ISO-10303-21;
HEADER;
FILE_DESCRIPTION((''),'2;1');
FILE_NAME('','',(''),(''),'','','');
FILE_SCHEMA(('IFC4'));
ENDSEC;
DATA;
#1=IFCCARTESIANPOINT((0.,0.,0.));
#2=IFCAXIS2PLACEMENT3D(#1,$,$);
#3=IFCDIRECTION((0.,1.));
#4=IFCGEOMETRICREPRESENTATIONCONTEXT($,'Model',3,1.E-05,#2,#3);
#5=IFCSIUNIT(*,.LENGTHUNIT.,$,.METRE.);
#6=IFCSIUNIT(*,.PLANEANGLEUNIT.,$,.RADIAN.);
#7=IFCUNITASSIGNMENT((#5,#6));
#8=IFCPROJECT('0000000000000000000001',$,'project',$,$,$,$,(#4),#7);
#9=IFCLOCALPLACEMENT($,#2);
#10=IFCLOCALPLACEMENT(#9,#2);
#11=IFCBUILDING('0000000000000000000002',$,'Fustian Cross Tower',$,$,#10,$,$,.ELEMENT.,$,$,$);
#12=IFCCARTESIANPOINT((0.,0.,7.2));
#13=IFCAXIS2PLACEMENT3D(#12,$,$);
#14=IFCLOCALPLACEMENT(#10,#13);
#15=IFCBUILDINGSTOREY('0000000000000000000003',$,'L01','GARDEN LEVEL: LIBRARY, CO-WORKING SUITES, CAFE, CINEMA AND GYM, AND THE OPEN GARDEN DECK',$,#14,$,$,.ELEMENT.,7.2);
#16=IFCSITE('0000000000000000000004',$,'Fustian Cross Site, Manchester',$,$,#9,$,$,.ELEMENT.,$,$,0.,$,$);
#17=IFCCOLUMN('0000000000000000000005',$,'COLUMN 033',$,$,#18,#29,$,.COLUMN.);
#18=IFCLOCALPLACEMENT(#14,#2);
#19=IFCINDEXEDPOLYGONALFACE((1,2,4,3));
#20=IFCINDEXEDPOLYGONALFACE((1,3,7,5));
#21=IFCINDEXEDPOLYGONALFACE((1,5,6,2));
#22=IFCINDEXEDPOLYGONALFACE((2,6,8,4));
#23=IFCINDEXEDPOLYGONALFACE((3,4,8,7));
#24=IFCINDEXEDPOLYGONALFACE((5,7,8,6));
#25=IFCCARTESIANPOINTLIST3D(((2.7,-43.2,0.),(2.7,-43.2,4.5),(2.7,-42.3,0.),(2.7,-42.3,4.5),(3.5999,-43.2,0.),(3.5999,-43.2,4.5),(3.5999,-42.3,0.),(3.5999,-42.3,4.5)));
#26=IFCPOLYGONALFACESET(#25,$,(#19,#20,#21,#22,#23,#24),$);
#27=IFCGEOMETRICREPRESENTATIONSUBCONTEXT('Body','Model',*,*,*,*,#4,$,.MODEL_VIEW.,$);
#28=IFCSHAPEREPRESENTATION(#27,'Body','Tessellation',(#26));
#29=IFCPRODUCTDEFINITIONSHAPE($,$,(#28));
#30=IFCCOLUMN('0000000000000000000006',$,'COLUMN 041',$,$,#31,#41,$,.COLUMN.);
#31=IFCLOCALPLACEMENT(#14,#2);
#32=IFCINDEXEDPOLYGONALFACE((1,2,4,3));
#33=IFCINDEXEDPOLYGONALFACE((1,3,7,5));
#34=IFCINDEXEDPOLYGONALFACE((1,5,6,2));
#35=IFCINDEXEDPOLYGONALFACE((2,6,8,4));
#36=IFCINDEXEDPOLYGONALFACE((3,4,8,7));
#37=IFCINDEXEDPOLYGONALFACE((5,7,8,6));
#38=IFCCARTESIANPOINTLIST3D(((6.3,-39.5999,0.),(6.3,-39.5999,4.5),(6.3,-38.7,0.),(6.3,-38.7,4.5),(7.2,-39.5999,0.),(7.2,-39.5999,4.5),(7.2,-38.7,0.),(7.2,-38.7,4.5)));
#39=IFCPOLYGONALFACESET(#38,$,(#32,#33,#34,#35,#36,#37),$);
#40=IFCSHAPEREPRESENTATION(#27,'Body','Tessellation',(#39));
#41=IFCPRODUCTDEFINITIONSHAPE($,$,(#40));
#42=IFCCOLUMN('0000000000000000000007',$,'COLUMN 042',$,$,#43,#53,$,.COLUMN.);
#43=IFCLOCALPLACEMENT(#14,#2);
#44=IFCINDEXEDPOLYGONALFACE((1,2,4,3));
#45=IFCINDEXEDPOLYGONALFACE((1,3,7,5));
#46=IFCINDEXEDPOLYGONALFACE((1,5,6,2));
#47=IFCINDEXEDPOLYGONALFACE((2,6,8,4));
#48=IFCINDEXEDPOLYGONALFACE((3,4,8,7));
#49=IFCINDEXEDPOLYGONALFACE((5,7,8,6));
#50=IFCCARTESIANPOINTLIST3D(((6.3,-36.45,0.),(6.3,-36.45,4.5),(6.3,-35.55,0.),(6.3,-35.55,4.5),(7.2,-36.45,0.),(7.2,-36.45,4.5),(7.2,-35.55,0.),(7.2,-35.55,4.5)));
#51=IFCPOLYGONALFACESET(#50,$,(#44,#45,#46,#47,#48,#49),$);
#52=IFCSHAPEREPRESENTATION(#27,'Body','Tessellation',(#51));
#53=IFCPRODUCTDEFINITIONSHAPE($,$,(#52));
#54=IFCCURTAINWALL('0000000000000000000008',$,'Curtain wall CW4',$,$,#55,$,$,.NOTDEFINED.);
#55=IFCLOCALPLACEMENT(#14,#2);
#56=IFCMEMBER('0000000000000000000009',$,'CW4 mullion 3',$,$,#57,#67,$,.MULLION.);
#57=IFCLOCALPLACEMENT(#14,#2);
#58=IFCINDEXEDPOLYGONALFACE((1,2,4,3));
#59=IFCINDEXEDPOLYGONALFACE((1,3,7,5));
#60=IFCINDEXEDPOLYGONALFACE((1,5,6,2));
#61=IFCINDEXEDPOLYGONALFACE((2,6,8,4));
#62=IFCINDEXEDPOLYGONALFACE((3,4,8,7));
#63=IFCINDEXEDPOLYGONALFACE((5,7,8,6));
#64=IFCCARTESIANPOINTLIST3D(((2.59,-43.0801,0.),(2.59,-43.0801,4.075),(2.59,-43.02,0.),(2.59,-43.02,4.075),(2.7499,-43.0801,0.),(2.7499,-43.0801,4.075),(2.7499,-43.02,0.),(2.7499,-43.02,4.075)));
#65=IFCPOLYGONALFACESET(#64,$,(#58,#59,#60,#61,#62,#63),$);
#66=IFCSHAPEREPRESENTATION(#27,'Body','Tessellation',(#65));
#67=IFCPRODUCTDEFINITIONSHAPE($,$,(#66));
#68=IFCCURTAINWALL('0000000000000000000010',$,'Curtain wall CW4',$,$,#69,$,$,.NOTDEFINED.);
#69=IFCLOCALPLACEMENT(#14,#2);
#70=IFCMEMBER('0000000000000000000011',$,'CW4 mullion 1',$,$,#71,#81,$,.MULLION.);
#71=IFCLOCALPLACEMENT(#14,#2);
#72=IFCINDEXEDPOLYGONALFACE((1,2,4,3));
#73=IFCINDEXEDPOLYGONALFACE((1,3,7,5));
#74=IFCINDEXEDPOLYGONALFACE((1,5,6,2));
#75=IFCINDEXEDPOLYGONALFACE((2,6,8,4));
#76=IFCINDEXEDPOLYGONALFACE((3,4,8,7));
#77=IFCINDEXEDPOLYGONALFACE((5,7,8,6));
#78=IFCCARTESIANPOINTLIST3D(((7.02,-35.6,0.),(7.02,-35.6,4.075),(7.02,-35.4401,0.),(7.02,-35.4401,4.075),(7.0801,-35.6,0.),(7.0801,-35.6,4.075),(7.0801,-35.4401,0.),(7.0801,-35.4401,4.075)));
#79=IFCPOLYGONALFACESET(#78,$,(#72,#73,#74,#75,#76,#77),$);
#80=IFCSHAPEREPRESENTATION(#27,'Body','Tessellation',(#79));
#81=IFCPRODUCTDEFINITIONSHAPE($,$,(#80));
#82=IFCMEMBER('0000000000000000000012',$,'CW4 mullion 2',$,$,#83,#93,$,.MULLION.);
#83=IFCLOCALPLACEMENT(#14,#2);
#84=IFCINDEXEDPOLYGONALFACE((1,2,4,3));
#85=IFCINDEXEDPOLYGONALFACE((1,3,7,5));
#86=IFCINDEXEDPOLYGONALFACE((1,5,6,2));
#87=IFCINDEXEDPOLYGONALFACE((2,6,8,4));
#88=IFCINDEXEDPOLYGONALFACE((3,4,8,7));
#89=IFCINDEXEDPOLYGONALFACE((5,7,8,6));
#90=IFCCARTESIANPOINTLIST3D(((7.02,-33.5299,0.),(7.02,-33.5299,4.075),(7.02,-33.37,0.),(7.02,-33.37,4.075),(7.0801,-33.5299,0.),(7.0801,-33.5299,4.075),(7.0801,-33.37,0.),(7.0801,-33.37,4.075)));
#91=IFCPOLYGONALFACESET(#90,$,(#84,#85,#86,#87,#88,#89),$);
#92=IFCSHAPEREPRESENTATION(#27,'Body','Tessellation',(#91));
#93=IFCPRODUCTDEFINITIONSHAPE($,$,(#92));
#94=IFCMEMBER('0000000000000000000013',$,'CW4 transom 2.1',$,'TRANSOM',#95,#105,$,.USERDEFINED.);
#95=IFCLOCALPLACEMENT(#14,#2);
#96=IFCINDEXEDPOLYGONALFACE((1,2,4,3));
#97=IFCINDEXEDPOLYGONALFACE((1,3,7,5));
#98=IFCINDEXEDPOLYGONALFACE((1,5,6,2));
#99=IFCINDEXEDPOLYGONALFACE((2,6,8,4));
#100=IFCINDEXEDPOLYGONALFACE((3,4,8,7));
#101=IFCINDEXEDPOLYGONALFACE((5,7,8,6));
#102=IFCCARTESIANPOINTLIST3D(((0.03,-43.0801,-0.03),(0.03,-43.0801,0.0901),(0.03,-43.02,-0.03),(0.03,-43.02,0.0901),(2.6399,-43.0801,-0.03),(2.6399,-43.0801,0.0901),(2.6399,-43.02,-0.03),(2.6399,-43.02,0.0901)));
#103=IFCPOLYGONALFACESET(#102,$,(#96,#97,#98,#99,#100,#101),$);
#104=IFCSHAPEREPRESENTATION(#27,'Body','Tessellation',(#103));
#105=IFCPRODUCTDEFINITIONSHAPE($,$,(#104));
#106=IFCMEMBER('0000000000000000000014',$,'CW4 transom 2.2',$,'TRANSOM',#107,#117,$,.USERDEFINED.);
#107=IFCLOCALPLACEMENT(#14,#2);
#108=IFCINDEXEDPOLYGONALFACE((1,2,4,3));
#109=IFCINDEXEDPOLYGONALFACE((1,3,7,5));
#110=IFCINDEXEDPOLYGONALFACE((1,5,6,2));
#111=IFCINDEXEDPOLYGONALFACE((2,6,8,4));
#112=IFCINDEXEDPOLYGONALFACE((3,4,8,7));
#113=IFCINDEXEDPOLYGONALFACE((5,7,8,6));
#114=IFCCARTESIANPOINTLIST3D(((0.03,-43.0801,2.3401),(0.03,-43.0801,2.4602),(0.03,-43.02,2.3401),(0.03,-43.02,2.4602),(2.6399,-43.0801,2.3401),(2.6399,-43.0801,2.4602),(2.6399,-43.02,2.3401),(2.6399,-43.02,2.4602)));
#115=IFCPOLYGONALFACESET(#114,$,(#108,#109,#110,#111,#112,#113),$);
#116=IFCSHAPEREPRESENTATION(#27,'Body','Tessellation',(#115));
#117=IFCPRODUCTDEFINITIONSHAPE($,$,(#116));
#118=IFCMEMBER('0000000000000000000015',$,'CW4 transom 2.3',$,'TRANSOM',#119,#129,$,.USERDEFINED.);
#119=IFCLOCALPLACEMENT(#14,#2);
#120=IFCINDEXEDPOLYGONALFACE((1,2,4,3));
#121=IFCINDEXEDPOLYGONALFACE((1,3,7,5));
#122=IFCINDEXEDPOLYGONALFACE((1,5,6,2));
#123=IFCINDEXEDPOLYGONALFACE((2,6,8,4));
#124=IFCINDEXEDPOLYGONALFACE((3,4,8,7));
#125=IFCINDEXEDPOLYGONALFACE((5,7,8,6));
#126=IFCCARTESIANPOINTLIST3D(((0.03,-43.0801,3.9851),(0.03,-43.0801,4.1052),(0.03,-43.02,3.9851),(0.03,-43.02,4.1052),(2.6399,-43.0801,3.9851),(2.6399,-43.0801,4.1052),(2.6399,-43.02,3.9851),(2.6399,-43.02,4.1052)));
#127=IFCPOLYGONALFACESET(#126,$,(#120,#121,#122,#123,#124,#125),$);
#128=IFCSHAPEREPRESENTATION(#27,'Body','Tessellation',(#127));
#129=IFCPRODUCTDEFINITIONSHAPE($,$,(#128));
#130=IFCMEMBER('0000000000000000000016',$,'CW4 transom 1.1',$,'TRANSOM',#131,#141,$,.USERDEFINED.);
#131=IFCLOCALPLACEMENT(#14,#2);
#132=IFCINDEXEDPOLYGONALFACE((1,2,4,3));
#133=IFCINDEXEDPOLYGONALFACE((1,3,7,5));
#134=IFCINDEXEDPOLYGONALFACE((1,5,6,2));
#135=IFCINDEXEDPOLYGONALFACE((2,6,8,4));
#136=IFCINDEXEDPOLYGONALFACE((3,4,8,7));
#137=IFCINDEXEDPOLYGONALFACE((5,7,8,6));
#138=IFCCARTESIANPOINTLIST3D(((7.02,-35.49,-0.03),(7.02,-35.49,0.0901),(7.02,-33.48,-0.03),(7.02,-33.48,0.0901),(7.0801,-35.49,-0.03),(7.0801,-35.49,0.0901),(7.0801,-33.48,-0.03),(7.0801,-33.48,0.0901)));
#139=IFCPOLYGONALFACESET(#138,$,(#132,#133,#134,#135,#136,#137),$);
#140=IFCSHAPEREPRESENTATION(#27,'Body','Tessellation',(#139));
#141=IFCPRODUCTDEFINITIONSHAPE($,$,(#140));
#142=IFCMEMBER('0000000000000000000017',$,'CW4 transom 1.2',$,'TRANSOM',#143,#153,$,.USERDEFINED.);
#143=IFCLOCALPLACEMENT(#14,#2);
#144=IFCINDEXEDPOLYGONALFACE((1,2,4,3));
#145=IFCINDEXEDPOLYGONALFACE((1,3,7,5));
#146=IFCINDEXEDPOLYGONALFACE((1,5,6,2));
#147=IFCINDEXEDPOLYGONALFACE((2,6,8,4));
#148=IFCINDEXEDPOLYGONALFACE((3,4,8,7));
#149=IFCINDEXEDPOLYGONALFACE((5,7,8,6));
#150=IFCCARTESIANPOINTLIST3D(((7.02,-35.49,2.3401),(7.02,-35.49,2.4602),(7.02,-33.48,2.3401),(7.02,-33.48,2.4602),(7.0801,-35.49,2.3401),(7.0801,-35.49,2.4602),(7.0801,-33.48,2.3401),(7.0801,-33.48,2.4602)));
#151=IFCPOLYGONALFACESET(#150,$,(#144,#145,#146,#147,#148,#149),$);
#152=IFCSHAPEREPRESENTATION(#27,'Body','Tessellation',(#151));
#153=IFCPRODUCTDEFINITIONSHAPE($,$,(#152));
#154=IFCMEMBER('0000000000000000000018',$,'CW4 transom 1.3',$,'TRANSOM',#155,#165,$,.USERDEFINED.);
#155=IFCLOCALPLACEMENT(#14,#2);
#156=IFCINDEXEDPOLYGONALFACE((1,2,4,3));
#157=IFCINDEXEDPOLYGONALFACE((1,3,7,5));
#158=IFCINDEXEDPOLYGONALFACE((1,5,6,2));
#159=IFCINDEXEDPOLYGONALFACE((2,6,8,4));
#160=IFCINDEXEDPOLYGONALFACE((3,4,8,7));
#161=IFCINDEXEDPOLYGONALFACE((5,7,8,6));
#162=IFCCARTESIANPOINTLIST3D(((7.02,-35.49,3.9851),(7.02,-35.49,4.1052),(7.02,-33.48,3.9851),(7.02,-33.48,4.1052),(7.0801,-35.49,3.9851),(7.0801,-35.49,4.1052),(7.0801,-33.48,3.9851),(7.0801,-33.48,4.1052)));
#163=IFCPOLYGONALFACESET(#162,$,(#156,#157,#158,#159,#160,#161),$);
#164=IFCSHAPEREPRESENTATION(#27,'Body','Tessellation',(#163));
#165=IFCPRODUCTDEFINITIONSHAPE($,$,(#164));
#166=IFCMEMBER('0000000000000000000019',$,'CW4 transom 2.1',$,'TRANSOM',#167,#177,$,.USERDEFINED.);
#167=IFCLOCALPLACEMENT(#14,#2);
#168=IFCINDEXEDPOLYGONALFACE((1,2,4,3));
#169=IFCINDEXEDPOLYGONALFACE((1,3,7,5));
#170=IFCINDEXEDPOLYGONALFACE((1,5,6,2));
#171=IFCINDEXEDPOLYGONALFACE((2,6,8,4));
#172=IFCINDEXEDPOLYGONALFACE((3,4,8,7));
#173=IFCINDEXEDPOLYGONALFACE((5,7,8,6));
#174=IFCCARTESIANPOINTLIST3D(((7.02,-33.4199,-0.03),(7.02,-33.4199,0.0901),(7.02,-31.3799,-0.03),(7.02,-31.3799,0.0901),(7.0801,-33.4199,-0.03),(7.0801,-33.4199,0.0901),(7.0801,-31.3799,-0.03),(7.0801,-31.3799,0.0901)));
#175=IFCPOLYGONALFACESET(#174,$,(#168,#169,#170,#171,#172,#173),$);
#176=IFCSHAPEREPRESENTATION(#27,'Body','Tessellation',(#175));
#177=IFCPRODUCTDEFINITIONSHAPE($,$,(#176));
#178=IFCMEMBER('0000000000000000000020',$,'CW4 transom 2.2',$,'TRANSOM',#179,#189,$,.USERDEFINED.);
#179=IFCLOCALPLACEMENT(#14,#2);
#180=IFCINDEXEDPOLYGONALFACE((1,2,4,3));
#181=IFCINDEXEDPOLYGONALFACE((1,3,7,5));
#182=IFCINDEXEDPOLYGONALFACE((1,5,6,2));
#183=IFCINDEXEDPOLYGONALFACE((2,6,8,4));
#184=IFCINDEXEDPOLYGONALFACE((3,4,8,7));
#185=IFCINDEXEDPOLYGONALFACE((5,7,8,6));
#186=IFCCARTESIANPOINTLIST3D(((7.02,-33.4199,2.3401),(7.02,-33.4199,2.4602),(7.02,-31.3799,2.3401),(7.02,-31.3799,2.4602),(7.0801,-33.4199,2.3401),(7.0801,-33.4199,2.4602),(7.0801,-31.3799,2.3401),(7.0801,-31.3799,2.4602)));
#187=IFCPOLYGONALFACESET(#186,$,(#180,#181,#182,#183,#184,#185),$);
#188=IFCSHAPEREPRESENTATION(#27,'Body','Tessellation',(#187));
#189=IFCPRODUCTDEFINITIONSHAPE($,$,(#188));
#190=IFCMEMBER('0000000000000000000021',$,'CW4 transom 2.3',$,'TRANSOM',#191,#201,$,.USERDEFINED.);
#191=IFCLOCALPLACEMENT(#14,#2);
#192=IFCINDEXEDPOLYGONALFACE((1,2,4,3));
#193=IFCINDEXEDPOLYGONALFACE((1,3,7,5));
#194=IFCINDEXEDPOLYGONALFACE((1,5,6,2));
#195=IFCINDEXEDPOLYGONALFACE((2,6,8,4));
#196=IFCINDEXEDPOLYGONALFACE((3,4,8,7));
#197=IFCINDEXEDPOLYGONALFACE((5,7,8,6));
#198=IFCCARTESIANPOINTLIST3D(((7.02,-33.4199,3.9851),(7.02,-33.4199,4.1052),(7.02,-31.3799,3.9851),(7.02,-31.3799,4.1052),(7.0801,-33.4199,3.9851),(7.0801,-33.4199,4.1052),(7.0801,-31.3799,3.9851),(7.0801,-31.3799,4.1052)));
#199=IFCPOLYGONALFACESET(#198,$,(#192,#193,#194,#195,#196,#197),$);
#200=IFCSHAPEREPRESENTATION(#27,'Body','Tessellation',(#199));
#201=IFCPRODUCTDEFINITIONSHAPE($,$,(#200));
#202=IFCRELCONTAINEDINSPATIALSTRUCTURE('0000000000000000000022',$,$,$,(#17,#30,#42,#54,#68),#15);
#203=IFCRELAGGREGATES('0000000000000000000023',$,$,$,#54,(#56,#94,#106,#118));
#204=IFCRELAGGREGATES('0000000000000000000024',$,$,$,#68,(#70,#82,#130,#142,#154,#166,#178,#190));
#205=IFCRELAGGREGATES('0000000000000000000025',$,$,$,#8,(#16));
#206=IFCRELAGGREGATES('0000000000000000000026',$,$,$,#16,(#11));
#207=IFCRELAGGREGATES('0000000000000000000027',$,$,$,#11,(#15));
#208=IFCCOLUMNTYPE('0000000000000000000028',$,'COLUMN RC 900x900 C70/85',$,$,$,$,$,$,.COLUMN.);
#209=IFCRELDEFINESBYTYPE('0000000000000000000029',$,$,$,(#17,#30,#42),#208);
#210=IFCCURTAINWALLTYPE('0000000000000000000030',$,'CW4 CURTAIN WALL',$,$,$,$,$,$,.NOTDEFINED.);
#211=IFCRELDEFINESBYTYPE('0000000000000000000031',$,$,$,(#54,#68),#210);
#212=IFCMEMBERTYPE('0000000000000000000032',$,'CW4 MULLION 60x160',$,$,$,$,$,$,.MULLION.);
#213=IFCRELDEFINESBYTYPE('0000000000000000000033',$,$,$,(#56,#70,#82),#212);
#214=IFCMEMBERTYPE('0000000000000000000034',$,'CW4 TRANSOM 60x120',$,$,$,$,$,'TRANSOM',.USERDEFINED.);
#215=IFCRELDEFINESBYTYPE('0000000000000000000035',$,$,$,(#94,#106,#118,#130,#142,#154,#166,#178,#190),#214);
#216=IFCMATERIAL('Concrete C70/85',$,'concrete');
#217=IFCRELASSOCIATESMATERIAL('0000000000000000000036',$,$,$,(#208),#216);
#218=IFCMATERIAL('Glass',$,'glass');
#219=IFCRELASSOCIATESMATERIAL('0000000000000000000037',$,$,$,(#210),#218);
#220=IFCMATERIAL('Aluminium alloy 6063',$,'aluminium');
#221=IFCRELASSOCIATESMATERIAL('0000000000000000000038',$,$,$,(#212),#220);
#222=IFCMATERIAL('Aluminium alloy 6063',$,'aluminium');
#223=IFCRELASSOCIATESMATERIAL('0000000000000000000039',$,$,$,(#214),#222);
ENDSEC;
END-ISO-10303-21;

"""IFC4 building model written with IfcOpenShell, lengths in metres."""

from ifc_helpers import new_model, si_unit, direction, frame, origin, origin_2d, place, context, subcontext, project, spatial, rectangle, extrude, material, material_profile, profile_set, type_object, element, aggregate, save


model = new_model("IFC4")

# Units and contexts
model_context = context("Model", 3, precision=1e-05, world=origin(), true_north=direction((0.0, 1.0)))
body_context = subcontext(model_context, "Body", "Model", "MODEL_VIEW")
ifc_project = project(units=[si_unit("LENGTHUNIT", "METRE"), si_unit("PLANEANGLEUNIT", "RADIAN")], contexts=[model_context])

# Site, building, storey
site_placement = place(None, origin())
site = spatial("IfcSite", under=ifc_project, at=site_placement, Name="Fustian Cross Site, Manchester", CompositionType="ELEMENT", RefElevation=0.0)
building_placement = place(site_placement, origin())
building = spatial("IfcBuilding", under=site, at=building_placement, Name="Fustian Cross Tower", CompositionType="ELEMENT")
storey_placement = place(building_placement, frame((0.0, 0.0, 7.2)))
storey = spatial("IfcBuildingStorey", under=building, at=storey_placement, Name="L01", Description="GARDEN LEVEL: LIBRARY, CO-WORKING SUITES, CAFE, CINEMA AND GYM, AND THE OPEN GARDEN DECK", CompositionType="ELEMENT", Elevation=7.2)

# Columns
ifc_material_1 = material(Name="Concrete C70/85", Category="concrete")
ifc_material_profile_1 = material_profile(ifc_material_1, rectangle(XDim=0.8999, YDim=0.8999, at=origin_2d()), Name="RC 900x900")
ifc_profile_set_1 = profile_set([ifc_material_profile_1], Name="Concrete C70/85")
column_type = type_object("IfcColumnType", Name="COLUMN RC 900x900 C70/85", PredefinedType="COLUMN", material=ifc_profile_set_1)
for number, where, z_axis, x_axis, name in (
    (1, (3.1499, -42.75, 0.0), (0.0, 0.0, 1.0), (1.0, 0.0, 0.0), "COLUMN 033"),
    (2, (6.75, -39.1499, 0.0), (0.0, 0.0, 1.0), (1.0, 0.0, 0.0), "COLUMN 041"),
    (3, (6.75, -36.0, 0.0), (0.0, 0.0, 1.0), (1.0, 0.0, 0.0), "COLUMN 042"),
):
    element("IfcColumn", number, at=place(storey_placement, frame(where, z_axis=z_axis, x_axis=x_axis)), inside=storey, type_object=column_type, Name=name, PredefinedType="COLUMN", context=body_context, shape_type="SweptSolid", body=[
        extrude(rectangle(XDim=0.8999, YDim=0.8999, at=origin_2d()), origin(), (0.0, 0.0, 1.0), 4.5),
    ])

# Curtain wall, member
ifc_material_2 = material(Name="Glass", Category="glass")
curtain_wall_type = type_object("IfcCurtainWallType", Name="CW4 CURTAIN WALL", PredefinedType="NOTDEFINED", material=ifc_material_2)
curtain_wall_1_placement = place(storey_placement, origin())
curtain_wall_1 = element("IfcCurtainWall", 4, at=curtain_wall_1_placement, inside=storey, type_object=curtain_wall_type, Name="Curtain wall CW4", PredefinedType="NOTDEFINED")
ifc_material_3 = material(Name="Aluminium alloy 6063", Category="aluminium")
ifc_material_profile_2 = material_profile(ifc_material_3, rectangle(XDim=0.0601, YDim=0.1599, at=origin_2d()), Name="CW4 MULLION 60x160")
ifc_profile_set_2 = profile_set([ifc_material_profile_2], Name="Aluminium alloy 6063")
member_type_1 = type_object("IfcMemberType", Name="CW4 MULLION 60x160", PredefinedType="MULLION", material=ifc_profile_set_2)
member_1_placement = place(storey_placement, frame((2.6699, -43.05, 0.0), z_axis=(0.0, 0.0, 1.0), x_axis=(0.0, 1.0, 0.0)))
member_1 = element("IfcMember", 5, at=member_1_placement, type_object=member_type_1, Name="CW4 mullion 3", PredefinedType="MULLION", context=body_context, shape_type="SweptSolid", body=[
    extrude(rectangle(XDim=0.0601, YDim=0.1599, at=origin_2d()), origin(), (0.0, 0.0, 1.0), 4.075),
])

# Curtain wall, members
curtain_wall_2_placement = place(storey_placement, origin())
curtain_wall_2 = element("IfcCurtainWall", 6, at=curtain_wall_2_placement, inside=storey, type_object=curtain_wall_type, Name="Curtain wall CW4", PredefinedType="NOTDEFINED")
member_2_placement = place(storey_placement, frame((7.05, -35.52, 0.0), z_axis=(0.0, 0.0, 1.0), x_axis=(-1.0, 0.0, 0.0)))
member_2 = element("IfcMember", 7, at=member_2_placement, type_object=member_type_1, Name="CW4 mullion 1", PredefinedType="MULLION", context=body_context, shape_type="SweptSolid", body=[
    extrude(rectangle(XDim=0.0601, YDim=0.1599, at=origin_2d()), origin(), (0.0, 0.0, 1.0), 4.075),
])
member_3_placement = place(storey_placement, frame((7.05, -33.45, 0.0), z_axis=(0.0, 0.0, 1.0), x_axis=(-1.0, 0.0, 0.0)))
member_3 = element("IfcMember", 8, at=member_3_placement, type_object=member_type_1, Name="CW4 mullion 2", PredefinedType="MULLION", context=body_context, shape_type="SweptSolid", body=[
    extrude(rectangle(XDim=0.0601, YDim=0.1599, at=origin_2d()), origin(), (0.0, 0.0, 1.0), 4.075),
])

# Members
ifc_material_4 = material(Name="Aluminium alloy 6063", Category="aluminium")
ifc_material_profile_3 = material_profile(ifc_material_4, rectangle(XDim=0.0601, YDim=0.1201, at=origin_2d()), Name="CW4 TRANSOM 60x120")
ifc_profile_set_3 = profile_set([ifc_material_profile_3], Name="Aluminium alloy 6063")
member_type_2 = type_object("IfcMemberType", Name="CW4 TRANSOM 60x120", ElementType="TRANSOM", PredefinedType="USERDEFINED", material=ifc_profile_set_3)
member_4_placement = place(storey_placement, frame((0.03, -43.05, 0.03), z_axis=(1.0, 0.0, 0.0), x_axis=(0.0, 1.0, 0.0)))
member_4 = element("IfcMember", 9, at=member_4_placement, type_object=member_type_2, Name="CW4 transom 2.1", ObjectType="TRANSOM", PredefinedType="USERDEFINED", context=body_context, shape_type="SweptSolid", body=[
    extrude(rectangle(XDim=0.0601, YDim=0.1201, at=origin_2d()), origin(), (0.0, 0.0, 1.0), 2.6099),
])
member_5_placement = place(storey_placement, frame((0.03, -43.05, 2.4001), z_axis=(1.0, 0.0, 0.0), x_axis=(0.0, 1.0, 0.0)))
member_5 = element("IfcMember", 10, at=member_5_placement, type_object=member_type_2, Name="CW4 transom 2.2", ObjectType="TRANSOM", PredefinedType="USERDEFINED", context=body_context, shape_type="SweptSolid", body=[
    extrude(rectangle(XDim=0.0601, YDim=0.1201, at=origin_2d()), origin(), (0.0, 0.0, 1.0), 2.6099),
])
member_6_placement = place(storey_placement, frame((0.03, -43.05, 4.0452), z_axis=(1.0, 0.0, 0.0), x_axis=(0.0, 1.0, 0.0)))
member_6 = element("IfcMember", 11, at=member_6_placement, type_object=member_type_2, Name="CW4 transom 2.3", ObjectType="TRANSOM", PredefinedType="USERDEFINED", context=body_context, shape_type="SweptSolid", body=[
    extrude(rectangle(XDim=0.0601, YDim=0.1201, at=origin_2d()), origin(), (0.0, 0.0, 1.0), 2.6099),
])
member_7_placement = place(storey_placement, frame((7.05, -35.49, 0.03), z_axis=(0.0, 1.0, 0.0), x_axis=(-1.0, 0.0, 0.0)))
member_7 = element("IfcMember", 12, at=member_7_placement, type_object=member_type_2, Name="CW4 transom 1.1", ObjectType="TRANSOM", PredefinedType="USERDEFINED", context=body_context, shape_type="SweptSolid", body=[
    extrude(rectangle(XDim=0.0601, YDim=0.1201, at=origin_2d()), origin(), (0.0, 0.0, 1.0), 2.01),
])
member_8_placement = place(storey_placement, frame((7.05, -35.49, 2.4001), z_axis=(0.0, 1.0, 0.0), x_axis=(-1.0, 0.0, 0.0)))
member_8 = element("IfcMember", 13, at=member_8_placement, type_object=member_type_2, Name="CW4 transom 1.2", ObjectType="TRANSOM", PredefinedType="USERDEFINED", context=body_context, shape_type="SweptSolid", body=[
    extrude(rectangle(XDim=0.0601, YDim=0.1201, at=origin_2d()), origin(), (0.0, 0.0, 1.0), 2.01),
])
member_9_placement = place(storey_placement, frame((7.05, -35.49, 4.0452), z_axis=(0.0, 1.0, 0.0), x_axis=(-1.0, 0.0, 0.0)))
member_9 = element("IfcMember", 14, at=member_9_placement, type_object=member_type_2, Name="CW4 transom 1.3", ObjectType="TRANSOM", PredefinedType="USERDEFINED", context=body_context, shape_type="SweptSolid", body=[
    extrude(rectangle(XDim=0.0601, YDim=0.1201, at=origin_2d()), origin(), (0.0, 0.0, 1.0), 2.01),
])
member_10_placement = place(storey_placement, frame((7.05, -33.4199, 0.03), z_axis=(0.0, 1.0, 0.0), x_axis=(-1.0, 0.0, 0.0)))
member_10 = element("IfcMember", 15, at=member_10_placement, type_object=member_type_2, Name="CW4 transom 2.1", ObjectType="TRANSOM", PredefinedType="USERDEFINED", context=body_context, shape_type="SweptSolid", body=[
    extrude(rectangle(XDim=0.0601, YDim=0.1201, at=origin_2d()), origin(), (0.0, 0.0, 1.0), 2.04),
])
member_11_placement = place(storey_placement, frame((7.05, -33.4199, 2.4001), z_axis=(0.0, 1.0, 0.0), x_axis=(-1.0, 0.0, 0.0)))
member_11 = element("IfcMember", 16, at=member_11_placement, type_object=member_type_2, Name="CW4 transom 2.2", ObjectType="TRANSOM", PredefinedType="USERDEFINED", context=body_context, shape_type="SweptSolid", body=[
    extrude(rectangle(XDim=0.0601, YDim=0.1201, at=origin_2d()), origin(), (0.0, 0.0, 1.0), 2.04),
])
member_12_placement = place(storey_placement, frame((7.05, -33.4199, 4.0452), z_axis=(0.0, 1.0, 0.0), x_axis=(-1.0, 0.0, 0.0)))
member_12 = element("IfcMember", 17, at=member_12_placement, type_object=member_type_2, Name="CW4 transom 2.3", ObjectType="TRANSOM", PredefinedType="USERDEFINED", context=body_context, shape_type="SweptSolid", body=[
    extrude(rectangle(XDim=0.0601, YDim=0.1201, at=origin_2d()), origin(), (0.0, 0.0, 1.0), 2.04),
])

aggregate(curtain_wall_1, [member_1, member_4, member_5, member_6])
aggregate(curtain_wall_2, [member_2, member_3, member_7, member_8, member_9, member_10, member_11, member_12])

save(model, "model.ifc")
